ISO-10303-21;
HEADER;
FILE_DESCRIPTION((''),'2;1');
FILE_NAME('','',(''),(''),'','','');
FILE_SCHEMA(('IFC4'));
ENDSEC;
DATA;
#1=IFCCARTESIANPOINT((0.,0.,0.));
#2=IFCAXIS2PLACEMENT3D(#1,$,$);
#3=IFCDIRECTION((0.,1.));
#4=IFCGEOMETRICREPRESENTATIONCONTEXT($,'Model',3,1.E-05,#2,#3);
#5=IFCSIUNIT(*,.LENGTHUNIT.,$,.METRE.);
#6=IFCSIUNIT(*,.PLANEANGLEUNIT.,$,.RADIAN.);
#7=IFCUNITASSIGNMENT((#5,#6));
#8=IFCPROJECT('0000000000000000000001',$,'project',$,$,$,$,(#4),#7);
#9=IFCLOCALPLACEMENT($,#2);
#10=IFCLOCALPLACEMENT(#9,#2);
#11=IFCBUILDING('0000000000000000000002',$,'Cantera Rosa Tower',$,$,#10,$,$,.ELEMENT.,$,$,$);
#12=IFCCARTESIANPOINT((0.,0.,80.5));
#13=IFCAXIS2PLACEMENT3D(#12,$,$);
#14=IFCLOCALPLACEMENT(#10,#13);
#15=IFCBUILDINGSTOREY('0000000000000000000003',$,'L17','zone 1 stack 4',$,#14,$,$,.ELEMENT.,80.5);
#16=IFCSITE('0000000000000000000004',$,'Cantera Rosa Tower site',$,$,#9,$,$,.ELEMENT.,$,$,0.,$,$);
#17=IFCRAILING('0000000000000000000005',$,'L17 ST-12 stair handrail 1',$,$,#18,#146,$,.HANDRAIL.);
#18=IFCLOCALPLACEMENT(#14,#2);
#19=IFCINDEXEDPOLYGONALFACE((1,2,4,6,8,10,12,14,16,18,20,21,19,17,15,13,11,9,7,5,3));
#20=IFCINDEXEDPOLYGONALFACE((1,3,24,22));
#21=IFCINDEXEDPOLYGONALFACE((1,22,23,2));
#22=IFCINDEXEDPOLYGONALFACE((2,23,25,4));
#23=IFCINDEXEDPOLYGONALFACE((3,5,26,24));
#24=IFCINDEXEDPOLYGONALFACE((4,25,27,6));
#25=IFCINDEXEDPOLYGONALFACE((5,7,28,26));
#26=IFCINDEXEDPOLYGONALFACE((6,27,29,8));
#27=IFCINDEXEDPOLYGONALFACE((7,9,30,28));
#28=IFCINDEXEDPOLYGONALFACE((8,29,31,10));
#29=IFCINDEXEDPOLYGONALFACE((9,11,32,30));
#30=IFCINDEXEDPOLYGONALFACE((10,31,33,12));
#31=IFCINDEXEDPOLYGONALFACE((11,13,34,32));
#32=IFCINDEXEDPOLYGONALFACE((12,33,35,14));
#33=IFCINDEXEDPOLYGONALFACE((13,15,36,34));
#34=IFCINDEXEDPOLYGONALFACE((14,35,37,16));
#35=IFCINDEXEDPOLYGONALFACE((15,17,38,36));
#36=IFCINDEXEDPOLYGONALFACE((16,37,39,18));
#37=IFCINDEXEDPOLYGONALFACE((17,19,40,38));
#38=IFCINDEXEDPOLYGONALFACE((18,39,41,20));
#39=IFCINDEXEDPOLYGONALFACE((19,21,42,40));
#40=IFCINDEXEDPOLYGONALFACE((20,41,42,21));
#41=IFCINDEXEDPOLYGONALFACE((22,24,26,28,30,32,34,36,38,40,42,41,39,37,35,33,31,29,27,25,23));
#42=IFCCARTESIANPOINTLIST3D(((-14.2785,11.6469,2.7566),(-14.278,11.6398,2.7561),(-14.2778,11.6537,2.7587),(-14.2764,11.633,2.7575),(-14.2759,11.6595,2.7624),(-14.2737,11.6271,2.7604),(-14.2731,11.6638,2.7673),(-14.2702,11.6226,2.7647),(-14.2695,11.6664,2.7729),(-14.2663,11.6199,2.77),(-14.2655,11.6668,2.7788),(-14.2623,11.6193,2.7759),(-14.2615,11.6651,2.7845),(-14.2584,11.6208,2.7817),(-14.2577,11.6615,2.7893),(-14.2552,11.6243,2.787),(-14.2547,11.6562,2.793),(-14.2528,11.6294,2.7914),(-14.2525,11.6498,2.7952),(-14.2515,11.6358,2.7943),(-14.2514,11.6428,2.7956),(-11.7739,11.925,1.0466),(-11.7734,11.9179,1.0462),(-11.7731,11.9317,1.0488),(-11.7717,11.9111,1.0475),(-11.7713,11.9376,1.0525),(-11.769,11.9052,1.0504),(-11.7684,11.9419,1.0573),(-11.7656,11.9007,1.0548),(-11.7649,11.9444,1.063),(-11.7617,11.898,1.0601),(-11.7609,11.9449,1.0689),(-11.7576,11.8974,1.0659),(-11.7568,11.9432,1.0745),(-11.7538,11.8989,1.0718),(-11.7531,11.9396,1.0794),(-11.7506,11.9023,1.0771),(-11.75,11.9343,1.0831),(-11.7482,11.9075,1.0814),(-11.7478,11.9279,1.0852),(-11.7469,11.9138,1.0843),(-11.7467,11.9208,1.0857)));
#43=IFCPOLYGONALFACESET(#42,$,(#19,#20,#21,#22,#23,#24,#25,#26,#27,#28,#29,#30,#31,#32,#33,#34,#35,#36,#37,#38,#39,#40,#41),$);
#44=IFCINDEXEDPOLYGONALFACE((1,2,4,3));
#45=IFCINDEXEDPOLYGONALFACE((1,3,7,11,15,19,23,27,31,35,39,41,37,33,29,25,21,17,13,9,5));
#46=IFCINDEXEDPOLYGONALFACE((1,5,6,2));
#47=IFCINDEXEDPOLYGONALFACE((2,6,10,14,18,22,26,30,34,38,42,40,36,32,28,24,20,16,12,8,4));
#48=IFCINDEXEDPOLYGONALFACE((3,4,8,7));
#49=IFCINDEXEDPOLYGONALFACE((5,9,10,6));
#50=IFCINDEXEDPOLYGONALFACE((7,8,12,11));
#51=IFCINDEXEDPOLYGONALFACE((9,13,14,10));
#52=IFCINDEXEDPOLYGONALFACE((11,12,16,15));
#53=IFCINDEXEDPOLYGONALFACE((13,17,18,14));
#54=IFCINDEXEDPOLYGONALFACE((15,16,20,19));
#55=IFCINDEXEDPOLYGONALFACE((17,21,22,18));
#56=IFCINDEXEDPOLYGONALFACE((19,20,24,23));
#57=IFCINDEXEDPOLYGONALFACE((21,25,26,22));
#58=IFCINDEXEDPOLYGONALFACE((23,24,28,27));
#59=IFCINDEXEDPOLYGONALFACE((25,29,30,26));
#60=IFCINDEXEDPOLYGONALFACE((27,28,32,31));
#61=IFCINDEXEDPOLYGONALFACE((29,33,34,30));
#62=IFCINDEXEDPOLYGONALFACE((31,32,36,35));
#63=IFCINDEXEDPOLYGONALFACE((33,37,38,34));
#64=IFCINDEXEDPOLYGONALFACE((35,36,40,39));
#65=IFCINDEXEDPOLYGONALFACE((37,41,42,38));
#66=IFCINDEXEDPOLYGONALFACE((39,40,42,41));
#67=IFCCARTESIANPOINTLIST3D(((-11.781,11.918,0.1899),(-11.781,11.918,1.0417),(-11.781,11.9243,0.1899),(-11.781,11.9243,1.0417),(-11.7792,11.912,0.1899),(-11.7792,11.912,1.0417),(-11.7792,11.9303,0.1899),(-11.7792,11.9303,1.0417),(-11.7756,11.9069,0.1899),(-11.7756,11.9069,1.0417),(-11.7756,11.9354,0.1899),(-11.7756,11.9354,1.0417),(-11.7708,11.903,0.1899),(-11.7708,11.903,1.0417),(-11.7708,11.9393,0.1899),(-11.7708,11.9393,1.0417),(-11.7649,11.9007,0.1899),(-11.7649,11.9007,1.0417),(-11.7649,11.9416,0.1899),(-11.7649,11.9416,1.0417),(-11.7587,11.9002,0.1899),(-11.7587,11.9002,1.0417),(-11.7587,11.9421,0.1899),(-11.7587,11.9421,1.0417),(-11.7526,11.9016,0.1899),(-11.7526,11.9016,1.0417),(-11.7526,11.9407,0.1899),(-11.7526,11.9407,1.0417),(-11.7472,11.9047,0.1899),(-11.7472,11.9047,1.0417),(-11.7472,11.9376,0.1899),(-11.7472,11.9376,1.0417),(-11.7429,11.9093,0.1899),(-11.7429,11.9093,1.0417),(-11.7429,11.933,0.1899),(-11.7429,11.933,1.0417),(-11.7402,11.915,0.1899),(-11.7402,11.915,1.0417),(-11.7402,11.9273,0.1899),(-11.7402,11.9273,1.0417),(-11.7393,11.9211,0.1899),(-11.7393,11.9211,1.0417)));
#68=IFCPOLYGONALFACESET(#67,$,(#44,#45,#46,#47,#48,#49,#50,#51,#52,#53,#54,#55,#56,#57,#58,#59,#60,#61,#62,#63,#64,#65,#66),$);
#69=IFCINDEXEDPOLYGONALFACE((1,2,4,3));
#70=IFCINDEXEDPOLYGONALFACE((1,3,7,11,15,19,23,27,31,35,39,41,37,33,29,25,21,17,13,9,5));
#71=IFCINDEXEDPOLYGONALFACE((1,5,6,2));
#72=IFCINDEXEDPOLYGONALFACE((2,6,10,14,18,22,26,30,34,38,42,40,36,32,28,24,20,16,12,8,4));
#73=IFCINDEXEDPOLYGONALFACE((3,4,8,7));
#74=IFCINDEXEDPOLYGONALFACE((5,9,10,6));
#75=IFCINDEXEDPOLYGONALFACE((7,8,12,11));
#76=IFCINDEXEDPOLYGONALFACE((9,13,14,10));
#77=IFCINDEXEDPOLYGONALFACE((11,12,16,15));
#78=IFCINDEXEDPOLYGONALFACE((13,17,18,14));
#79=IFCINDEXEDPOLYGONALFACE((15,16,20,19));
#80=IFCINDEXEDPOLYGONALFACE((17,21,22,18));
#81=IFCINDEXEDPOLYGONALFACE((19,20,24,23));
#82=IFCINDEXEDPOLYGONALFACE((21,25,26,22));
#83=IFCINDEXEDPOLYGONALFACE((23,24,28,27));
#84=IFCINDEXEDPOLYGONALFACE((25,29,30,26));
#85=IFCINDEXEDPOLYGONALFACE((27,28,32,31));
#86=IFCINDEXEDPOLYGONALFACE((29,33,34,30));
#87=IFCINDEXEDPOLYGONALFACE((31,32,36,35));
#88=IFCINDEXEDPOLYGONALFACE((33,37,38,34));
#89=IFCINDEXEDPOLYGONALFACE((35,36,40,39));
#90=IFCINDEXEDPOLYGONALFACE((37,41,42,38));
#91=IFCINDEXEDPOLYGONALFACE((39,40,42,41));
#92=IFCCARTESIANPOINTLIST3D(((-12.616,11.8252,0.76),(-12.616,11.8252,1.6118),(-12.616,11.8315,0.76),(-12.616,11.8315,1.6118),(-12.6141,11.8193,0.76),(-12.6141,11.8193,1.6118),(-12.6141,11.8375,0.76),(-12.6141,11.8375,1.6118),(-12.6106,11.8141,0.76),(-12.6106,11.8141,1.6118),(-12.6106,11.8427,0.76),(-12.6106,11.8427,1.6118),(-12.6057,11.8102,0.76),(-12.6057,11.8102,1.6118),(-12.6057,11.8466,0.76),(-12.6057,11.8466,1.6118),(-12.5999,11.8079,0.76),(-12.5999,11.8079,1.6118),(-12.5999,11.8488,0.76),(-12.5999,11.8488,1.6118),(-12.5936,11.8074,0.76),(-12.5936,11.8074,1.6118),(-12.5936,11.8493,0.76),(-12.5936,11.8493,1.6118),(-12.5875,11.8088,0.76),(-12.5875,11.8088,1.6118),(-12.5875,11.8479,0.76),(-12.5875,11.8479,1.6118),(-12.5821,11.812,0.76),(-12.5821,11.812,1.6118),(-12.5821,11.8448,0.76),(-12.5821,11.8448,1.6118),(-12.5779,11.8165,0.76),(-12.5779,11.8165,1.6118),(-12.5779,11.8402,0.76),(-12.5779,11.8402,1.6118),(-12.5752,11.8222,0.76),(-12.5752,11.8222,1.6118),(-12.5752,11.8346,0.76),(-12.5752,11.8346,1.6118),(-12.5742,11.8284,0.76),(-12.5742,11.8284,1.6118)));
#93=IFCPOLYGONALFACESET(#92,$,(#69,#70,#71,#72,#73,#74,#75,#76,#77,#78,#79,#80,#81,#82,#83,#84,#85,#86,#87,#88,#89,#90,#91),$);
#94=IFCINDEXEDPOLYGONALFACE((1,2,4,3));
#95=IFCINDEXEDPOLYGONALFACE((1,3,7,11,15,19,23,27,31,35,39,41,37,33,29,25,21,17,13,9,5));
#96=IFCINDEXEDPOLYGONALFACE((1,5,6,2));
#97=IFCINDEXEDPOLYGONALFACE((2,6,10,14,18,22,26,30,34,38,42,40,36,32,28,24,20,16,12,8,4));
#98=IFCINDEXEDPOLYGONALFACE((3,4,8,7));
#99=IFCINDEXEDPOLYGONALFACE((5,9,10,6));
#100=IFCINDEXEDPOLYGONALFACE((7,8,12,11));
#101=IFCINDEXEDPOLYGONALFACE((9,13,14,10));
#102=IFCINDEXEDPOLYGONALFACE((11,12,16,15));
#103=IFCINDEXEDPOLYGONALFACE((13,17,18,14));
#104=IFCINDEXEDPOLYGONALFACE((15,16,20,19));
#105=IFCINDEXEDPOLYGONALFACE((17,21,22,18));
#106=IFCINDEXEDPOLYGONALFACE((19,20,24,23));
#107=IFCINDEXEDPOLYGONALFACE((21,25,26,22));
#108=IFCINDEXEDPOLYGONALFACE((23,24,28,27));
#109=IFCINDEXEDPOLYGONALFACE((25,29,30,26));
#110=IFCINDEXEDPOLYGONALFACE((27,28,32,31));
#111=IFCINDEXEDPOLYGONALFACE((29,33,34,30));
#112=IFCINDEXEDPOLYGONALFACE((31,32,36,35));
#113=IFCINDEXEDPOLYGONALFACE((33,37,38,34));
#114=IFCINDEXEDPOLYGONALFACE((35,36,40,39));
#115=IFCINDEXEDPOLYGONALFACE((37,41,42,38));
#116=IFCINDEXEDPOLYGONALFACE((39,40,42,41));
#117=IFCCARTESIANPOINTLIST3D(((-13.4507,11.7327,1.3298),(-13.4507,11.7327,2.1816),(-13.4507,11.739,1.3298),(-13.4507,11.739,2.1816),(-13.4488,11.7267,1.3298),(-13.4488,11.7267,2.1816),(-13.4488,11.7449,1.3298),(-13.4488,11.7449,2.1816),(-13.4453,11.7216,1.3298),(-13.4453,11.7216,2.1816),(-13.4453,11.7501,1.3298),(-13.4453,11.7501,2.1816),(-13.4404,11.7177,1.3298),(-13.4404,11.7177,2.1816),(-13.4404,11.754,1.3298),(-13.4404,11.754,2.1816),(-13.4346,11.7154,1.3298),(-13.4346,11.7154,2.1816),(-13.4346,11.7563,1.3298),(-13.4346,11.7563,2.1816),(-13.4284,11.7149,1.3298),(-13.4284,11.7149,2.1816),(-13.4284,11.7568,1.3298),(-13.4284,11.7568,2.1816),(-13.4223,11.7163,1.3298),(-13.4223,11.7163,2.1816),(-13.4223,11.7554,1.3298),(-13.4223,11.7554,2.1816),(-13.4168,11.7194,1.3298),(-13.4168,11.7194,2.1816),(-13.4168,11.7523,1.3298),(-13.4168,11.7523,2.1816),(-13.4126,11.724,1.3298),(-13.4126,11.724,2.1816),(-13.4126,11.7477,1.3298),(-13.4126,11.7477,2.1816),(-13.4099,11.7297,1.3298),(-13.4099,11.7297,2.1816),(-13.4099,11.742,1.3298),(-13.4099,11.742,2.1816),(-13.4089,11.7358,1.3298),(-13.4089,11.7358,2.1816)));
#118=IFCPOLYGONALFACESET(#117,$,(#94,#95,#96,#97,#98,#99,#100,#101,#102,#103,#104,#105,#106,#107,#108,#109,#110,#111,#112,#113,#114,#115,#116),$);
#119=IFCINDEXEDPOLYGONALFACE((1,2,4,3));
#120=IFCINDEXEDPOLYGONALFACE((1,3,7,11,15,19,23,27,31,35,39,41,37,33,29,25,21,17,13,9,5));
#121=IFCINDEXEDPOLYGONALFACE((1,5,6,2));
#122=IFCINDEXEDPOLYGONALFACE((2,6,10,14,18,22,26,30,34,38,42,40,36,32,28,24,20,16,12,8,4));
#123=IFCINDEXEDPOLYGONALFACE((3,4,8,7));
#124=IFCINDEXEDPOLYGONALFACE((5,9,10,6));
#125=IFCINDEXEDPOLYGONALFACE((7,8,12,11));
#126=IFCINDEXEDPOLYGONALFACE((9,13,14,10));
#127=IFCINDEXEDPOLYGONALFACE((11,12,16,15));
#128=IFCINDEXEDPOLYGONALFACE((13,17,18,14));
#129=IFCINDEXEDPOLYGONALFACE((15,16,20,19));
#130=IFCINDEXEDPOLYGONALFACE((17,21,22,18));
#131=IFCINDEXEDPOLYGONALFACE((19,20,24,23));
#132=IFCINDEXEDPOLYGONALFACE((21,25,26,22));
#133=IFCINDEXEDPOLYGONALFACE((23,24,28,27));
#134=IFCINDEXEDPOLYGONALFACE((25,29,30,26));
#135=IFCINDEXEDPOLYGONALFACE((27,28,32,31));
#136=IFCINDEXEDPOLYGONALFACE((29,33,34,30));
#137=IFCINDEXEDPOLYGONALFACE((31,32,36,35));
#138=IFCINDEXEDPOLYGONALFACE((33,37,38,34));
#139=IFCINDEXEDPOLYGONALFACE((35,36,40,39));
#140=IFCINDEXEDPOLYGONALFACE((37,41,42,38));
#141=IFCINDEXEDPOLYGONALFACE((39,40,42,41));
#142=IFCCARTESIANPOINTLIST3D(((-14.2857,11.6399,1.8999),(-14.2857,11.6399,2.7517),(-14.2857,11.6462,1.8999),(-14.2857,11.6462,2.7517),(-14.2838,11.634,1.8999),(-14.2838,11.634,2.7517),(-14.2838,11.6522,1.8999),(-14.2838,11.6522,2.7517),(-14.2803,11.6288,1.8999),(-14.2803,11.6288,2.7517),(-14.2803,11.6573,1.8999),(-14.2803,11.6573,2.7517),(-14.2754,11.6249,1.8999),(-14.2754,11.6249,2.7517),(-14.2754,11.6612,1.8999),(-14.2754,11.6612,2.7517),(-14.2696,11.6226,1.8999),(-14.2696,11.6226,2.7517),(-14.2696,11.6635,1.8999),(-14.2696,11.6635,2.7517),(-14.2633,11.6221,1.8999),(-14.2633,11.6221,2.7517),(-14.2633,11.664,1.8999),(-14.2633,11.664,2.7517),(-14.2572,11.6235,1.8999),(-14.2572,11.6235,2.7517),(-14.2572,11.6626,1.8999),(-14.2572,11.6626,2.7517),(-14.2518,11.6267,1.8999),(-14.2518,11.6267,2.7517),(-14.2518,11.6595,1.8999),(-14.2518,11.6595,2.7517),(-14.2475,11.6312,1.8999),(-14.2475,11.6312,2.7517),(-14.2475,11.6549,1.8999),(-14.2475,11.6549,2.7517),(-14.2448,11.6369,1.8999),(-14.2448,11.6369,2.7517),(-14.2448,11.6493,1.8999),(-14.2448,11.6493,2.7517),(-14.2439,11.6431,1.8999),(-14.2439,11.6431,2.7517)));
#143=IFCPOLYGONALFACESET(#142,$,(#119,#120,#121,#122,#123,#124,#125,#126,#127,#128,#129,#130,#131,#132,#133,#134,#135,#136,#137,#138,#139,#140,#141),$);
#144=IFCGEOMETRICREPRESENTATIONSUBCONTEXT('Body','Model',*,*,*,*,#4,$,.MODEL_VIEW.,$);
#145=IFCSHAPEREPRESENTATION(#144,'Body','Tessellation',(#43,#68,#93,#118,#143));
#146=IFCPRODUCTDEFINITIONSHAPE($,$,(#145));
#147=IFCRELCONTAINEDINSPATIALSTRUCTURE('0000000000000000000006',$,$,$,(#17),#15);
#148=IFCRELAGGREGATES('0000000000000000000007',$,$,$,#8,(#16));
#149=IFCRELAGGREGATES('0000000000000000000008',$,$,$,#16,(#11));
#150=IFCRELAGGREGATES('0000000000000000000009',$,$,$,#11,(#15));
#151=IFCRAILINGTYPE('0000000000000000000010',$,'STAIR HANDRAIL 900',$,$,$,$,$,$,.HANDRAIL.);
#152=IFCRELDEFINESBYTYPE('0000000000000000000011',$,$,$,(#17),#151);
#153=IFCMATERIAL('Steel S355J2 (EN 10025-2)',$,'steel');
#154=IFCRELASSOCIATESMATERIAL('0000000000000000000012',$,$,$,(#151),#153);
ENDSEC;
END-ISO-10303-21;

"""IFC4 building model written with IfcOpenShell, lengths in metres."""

from ifc_helpers import new_model, si_unit, direction, frame, origin, origin_2d, place, context, subcontext, project, spatial, circle, extrude, material, type_object, element, save


model = new_model("IFC4")

# Units and contexts
model_context = context("Model", 3, precision=1e-05, world=origin(), true_north=direction((0.0, 1.0)))
body_context = subcontext(model_context, "Body", "Model", "MODEL_VIEW")
ifc_project = project(units=[si_unit("LENGTHUNIT", "METRE"), si_unit("PLANEANGLEUNIT", "RADIAN")], contexts=[model_context])

# Site, building, storey
site_placement = place(None, origin())
site = spatial("IfcSite", under=ifc_project, at=site_placement, Name="Cantera Rosa Tower site", CompositionType="ELEMENT", RefElevation=0.0)
building_placement = place(site_placement, origin())
building = spatial("IfcBuilding", under=site, at=building_placement, Name="Cantera Rosa Tower", CompositionType="ELEMENT")
storey_placement = place(building_placement, frame((0.0, 0.0, 80.5)))
storey = spatial("IfcBuildingStorey", under=building, at=storey_placement, Name="L17", Description="zone 1 stack 4", CompositionType="ELEMENT", Elevation=80.5)

# Railing
ifc_material_1 = material(Name="Steel S355J2 (EN 10025-2)", Category="steel")
railing_type_1 = type_object("IfcRailingType", Name="STAIR HANDRAIL 900", PredefinedType="HANDRAIL", material=ifc_material_1)
railing_1_placement = place(storey_placement, frame((-11.7603, 11.9211, 0.1899)))
element("IfcRailing", 1, at=railing_1_placement, inside=storey, type_object=railing_type_1, Name="L17 ST-12 stair handrail 1", PredefinedType="HANDRAIL", context=body_context, shape_type="SweptSolid", body=[
    extrude(circle(Radius=0.0239, at=origin_2d()), frame((0.0, 0.0, 0.876), z_axis=(-0.822431, -0.09131, 0.561488), x_axis=(0.110346, -0.993893, 0.0)), (0.0, 0.0, 1.0), 3.0454),
    extrude(circle(Radius=0.021, at=origin_2d()), origin(), (0.0, 0.0, 1.0), 0.8518),
    extrude(circle(Radius=0.021, at=origin_2d()), frame((-0.835, -0.0928, 0.5701)), (0.0, 0.0, 1.0), 0.8518),
    extrude(circle(Radius=0.021, at=origin_2d()), frame((-1.6697, -0.1853, 1.1399)), (0.0, 0.0, 1.0), 0.8518),
    extrude(circle(Radius=0.021, at=origin_2d()), frame((-2.5046, -0.2781, 1.71)), (0.0, 0.0, 1.0), 0.8518),
])

save(model, "model.ifc")
